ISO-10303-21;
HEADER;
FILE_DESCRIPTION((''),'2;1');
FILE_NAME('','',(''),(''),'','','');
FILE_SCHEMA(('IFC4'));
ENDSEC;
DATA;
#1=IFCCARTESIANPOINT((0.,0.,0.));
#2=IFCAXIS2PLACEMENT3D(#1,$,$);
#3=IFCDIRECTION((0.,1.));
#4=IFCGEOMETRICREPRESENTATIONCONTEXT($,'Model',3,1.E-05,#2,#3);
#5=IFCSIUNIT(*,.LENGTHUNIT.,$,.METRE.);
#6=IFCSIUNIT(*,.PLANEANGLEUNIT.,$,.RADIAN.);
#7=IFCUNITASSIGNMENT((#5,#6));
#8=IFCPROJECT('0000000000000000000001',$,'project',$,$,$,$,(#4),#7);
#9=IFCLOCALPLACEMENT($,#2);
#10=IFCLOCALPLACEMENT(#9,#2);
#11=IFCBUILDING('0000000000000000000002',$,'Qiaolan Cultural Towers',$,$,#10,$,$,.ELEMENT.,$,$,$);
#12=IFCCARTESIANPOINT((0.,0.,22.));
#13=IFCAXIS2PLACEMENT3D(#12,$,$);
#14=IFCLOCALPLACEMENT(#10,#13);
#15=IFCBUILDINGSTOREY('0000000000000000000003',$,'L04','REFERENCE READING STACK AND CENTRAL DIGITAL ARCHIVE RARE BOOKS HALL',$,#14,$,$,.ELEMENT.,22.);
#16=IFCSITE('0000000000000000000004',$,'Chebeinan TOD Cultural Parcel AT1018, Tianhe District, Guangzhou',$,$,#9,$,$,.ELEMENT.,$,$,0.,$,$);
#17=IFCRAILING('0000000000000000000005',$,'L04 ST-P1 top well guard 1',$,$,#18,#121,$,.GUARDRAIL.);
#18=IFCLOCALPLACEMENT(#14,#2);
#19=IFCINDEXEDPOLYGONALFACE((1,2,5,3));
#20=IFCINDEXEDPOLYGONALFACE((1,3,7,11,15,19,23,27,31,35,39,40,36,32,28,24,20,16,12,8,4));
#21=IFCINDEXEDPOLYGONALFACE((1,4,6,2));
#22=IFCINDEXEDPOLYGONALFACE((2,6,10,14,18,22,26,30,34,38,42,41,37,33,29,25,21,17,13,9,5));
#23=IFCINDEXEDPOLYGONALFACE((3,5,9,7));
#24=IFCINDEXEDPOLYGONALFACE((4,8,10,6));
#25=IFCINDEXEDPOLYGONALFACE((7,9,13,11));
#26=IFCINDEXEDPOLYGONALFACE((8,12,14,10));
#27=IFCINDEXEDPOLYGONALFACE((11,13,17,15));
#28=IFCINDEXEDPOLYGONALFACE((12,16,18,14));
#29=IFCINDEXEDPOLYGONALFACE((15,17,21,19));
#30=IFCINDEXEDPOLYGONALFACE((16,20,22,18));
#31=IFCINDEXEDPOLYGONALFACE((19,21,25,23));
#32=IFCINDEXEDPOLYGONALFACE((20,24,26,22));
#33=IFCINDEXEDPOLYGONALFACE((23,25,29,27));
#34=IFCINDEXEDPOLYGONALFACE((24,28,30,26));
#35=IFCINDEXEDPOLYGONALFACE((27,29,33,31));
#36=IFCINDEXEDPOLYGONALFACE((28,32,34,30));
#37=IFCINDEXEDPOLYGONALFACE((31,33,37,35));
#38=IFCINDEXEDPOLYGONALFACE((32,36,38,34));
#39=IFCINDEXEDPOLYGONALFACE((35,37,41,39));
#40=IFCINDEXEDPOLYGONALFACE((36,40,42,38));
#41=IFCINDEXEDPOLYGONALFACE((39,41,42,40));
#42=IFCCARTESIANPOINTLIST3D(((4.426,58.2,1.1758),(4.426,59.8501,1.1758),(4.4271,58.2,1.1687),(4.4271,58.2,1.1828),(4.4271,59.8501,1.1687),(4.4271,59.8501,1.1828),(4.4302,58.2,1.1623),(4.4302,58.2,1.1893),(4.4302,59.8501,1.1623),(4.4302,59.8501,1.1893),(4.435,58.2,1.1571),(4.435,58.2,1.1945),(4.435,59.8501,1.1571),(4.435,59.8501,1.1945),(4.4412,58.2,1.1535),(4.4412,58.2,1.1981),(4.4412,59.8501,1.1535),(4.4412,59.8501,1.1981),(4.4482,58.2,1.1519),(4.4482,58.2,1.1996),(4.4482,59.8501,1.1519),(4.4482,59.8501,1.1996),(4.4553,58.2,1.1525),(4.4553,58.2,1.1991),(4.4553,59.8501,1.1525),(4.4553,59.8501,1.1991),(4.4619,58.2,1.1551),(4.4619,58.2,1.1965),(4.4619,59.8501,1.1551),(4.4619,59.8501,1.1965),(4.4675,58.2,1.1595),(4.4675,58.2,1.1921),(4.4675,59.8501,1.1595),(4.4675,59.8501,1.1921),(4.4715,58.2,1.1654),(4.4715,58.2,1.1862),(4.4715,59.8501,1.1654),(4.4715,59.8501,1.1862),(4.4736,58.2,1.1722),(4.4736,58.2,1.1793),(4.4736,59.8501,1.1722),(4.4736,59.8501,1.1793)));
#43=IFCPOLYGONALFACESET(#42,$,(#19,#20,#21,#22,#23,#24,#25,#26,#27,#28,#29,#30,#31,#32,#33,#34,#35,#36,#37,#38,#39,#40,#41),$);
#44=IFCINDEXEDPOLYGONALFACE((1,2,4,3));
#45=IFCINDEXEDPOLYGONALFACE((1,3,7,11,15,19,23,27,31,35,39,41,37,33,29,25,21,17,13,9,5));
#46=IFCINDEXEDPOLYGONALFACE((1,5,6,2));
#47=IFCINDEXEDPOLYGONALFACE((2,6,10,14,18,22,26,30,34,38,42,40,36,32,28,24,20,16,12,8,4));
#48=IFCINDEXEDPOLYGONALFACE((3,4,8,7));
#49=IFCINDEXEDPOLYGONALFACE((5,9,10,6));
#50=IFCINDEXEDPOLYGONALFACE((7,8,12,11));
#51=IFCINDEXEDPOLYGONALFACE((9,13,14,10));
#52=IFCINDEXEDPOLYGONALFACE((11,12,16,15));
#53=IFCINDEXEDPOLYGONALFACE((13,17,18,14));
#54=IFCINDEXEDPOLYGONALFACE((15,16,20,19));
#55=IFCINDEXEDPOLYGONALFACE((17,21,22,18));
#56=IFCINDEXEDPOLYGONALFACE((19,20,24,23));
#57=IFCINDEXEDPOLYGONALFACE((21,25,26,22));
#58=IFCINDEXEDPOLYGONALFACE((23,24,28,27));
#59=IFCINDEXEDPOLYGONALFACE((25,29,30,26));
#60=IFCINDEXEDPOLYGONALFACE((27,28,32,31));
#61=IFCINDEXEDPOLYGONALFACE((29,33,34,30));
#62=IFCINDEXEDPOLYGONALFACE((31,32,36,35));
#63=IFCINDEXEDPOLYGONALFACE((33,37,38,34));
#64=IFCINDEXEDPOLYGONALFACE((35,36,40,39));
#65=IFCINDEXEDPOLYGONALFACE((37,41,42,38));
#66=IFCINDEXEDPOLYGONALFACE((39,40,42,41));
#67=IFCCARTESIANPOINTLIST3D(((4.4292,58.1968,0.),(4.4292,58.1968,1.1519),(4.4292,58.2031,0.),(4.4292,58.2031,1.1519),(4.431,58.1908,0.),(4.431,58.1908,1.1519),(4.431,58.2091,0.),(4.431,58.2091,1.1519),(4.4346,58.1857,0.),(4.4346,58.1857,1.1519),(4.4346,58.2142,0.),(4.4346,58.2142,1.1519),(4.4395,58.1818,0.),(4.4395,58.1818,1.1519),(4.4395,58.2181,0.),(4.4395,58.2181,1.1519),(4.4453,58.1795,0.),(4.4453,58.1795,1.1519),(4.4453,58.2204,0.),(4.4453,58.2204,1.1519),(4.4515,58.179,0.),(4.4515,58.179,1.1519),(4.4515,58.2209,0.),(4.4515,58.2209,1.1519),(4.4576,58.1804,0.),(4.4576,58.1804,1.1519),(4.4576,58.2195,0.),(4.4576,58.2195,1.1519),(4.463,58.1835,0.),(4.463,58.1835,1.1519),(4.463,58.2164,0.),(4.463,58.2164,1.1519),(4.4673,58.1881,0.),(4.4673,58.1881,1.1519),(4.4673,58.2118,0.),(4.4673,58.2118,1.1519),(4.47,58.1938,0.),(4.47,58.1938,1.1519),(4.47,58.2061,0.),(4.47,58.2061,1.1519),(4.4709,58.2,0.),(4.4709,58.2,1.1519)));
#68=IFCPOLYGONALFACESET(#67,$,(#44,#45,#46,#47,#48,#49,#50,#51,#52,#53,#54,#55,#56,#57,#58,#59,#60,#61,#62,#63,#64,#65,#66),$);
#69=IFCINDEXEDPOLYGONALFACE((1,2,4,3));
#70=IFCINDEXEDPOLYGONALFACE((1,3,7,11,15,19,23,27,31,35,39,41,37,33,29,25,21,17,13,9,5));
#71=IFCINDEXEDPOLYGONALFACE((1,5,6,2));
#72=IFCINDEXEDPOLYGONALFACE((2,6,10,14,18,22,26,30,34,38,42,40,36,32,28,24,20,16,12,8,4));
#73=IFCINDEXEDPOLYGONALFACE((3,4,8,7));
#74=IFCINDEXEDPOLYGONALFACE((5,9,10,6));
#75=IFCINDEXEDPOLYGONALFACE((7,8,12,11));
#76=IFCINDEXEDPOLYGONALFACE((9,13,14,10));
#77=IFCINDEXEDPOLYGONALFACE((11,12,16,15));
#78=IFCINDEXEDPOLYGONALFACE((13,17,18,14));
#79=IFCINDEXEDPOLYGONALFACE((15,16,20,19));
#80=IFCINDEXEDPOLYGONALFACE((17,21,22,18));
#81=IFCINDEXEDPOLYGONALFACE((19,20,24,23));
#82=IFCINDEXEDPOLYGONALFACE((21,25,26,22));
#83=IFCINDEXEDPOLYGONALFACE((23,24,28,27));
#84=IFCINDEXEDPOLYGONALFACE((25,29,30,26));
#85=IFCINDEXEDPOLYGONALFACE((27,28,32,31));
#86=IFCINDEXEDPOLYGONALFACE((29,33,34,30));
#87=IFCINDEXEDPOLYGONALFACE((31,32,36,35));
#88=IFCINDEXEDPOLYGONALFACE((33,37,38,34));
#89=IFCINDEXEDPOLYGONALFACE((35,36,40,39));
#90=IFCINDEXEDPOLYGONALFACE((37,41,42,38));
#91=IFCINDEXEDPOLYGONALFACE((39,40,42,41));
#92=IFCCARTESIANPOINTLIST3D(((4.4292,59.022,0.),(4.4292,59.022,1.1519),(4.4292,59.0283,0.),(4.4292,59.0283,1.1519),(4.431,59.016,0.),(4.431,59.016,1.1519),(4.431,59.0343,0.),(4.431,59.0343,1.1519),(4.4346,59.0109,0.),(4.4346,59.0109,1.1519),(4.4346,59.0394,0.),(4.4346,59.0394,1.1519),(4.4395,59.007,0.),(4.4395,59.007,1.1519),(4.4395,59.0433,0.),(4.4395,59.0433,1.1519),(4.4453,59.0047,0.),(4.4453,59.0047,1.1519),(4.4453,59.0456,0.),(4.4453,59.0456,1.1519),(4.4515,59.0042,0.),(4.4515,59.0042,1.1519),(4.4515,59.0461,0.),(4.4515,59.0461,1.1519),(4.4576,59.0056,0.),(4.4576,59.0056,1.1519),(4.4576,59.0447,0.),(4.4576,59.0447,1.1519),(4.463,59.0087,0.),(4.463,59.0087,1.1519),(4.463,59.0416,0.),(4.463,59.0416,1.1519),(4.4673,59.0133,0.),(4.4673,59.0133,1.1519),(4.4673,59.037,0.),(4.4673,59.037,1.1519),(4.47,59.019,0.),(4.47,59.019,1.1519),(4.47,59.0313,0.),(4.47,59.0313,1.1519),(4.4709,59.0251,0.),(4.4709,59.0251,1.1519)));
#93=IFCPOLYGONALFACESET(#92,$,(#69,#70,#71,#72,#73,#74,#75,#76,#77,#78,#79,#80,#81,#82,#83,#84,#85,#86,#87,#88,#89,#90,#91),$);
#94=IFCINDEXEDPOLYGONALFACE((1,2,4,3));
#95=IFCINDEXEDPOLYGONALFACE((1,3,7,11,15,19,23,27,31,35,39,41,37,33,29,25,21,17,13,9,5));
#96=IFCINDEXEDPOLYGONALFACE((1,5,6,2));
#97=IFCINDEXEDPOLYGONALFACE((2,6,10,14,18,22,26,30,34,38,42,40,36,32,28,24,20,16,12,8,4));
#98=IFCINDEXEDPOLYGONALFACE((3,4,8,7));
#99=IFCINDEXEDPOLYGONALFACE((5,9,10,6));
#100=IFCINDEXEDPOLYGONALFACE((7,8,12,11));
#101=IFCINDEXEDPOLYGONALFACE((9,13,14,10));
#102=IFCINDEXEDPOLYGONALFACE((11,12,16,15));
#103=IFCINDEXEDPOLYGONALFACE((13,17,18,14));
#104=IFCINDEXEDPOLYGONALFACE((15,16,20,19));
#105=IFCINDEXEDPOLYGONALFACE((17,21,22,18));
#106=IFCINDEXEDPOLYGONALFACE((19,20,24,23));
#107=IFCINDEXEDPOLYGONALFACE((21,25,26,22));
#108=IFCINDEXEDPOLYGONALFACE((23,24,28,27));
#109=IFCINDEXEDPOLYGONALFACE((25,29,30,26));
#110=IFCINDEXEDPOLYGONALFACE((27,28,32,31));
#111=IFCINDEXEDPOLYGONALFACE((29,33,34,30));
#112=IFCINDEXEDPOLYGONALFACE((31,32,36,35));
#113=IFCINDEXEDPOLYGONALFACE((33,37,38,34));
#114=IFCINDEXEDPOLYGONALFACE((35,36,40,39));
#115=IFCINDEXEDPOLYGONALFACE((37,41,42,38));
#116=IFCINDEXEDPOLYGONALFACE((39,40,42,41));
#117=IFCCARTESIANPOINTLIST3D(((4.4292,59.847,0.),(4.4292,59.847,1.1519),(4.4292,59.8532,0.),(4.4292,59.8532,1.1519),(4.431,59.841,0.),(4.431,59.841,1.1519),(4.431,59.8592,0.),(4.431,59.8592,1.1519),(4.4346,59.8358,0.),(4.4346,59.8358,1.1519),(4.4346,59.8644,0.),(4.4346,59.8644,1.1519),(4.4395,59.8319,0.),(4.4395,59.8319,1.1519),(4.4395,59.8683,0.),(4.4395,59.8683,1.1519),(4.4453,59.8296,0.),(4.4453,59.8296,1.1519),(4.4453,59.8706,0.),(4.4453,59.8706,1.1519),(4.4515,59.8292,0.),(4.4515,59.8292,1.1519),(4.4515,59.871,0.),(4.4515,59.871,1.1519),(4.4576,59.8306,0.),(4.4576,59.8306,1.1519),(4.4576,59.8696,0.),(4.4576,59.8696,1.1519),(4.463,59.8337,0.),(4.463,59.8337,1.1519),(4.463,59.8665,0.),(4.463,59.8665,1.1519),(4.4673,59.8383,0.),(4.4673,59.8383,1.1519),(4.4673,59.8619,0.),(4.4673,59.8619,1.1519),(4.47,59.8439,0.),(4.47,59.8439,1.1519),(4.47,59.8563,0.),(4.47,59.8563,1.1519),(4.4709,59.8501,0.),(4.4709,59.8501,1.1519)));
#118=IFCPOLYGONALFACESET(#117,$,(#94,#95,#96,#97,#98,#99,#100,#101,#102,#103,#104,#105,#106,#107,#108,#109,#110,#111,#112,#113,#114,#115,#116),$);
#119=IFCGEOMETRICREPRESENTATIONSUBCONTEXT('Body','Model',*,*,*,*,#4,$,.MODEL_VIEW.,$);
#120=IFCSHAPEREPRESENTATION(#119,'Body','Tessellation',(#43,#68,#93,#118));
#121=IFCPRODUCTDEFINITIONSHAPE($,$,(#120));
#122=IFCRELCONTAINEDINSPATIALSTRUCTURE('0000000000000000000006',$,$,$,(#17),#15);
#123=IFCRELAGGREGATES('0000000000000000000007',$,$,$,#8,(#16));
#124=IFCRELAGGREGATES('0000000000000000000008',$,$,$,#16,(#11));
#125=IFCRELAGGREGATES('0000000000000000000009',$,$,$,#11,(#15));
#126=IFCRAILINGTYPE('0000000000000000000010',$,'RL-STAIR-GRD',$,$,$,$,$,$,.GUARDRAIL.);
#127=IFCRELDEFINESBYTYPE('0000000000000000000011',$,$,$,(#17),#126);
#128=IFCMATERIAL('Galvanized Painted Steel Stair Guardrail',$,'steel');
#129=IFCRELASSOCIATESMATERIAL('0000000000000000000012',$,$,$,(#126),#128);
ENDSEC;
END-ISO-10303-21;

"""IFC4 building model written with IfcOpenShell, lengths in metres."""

from ifc_helpers import new_model, si_unit, direction, frame, origin, origin_2d, place, context, subcontext, project, spatial, circle, extrude, material, type_object, element, save


model = new_model("IFC4")

# Units and contexts
model_context = context("Model", 3, precision=1e-05, world=origin(), true_north=direction((0.0, 1.0)))
body_context = subcontext(model_context, "Body", "Model", "MODEL_VIEW")
ifc_project = project(units=[si_unit("LENGTHUNIT", "METRE"), si_unit("PLANEANGLEUNIT", "RADIAN")], contexts=[model_context])

# Site, building, storey
site_placement = place(None, origin())
site = spatial("IfcSite", under=ifc_project, at=site_placement, Name="Chebeinan TOD Cultural Parcel AT1018, Tianhe District, Guangzhou", CompositionType="ELEMENT", RefElevation=0.0)
building_placement = place(site_placement, origin())
building = spatial("IfcBuilding", under=site, at=building_placement, Name="Qiaolan Cultural Towers", CompositionType="ELEMENT")
storey_placement = place(building_placement, frame((0.0, 0.0, 22.0)))
storey = spatial("IfcBuildingStorey", under=building, at=storey_placement, Name="L04", Description="REFERENCE READING STACK AND CENTRAL DIGITAL ARCHIVE RARE BOOKS HALL", CompositionType="ELEMENT", Elevation=22.0)

# Railing
ifc_material_1 = material(Name="Galvanized Painted Steel Stair Guardrail", Category="steel")
railing_type = type_object("IfcRailingType", Name="RL-STAIR-GRD", PredefinedType="GUARDRAIL", material=ifc_material_1)
railing_placement = place(storey_placement, frame((4.45, 58.2, 0.0)))
element("IfcRailing", 1, at=railing_placement, inside=storey, type_object=railing_type, Name="L04 ST-P1 top well guard 1", PredefinedType="GUARDRAIL", context=body_context, shape_type="SweptSolid", body=[
    extrude(circle(Radius=0.0239, at=origin_2d()), frame((0.0, 0.0, 1.1758), z_axis=(0.0, 1.0, 0.0), x_axis=(-1.0, 0.0, 0.0)), (0.0, 0.0, 1.0), 1.6501),
    extrude(circle(Radius=0.021, at=origin_2d()), origin(), (0.0, 0.0, 1.0), 1.1519),
    extrude(circle(Radius=0.021, at=origin_2d()), frame((0.0, 0.8252, 0.0)), (0.0, 0.0, 1.0), 1.1519),
    extrude(circle(Radius=0.021, at=origin_2d()), frame((0.0, 1.6501, 0.0)), (0.0, 0.0, 1.0), 1.1519),
])

save(model, "model.ifc")
